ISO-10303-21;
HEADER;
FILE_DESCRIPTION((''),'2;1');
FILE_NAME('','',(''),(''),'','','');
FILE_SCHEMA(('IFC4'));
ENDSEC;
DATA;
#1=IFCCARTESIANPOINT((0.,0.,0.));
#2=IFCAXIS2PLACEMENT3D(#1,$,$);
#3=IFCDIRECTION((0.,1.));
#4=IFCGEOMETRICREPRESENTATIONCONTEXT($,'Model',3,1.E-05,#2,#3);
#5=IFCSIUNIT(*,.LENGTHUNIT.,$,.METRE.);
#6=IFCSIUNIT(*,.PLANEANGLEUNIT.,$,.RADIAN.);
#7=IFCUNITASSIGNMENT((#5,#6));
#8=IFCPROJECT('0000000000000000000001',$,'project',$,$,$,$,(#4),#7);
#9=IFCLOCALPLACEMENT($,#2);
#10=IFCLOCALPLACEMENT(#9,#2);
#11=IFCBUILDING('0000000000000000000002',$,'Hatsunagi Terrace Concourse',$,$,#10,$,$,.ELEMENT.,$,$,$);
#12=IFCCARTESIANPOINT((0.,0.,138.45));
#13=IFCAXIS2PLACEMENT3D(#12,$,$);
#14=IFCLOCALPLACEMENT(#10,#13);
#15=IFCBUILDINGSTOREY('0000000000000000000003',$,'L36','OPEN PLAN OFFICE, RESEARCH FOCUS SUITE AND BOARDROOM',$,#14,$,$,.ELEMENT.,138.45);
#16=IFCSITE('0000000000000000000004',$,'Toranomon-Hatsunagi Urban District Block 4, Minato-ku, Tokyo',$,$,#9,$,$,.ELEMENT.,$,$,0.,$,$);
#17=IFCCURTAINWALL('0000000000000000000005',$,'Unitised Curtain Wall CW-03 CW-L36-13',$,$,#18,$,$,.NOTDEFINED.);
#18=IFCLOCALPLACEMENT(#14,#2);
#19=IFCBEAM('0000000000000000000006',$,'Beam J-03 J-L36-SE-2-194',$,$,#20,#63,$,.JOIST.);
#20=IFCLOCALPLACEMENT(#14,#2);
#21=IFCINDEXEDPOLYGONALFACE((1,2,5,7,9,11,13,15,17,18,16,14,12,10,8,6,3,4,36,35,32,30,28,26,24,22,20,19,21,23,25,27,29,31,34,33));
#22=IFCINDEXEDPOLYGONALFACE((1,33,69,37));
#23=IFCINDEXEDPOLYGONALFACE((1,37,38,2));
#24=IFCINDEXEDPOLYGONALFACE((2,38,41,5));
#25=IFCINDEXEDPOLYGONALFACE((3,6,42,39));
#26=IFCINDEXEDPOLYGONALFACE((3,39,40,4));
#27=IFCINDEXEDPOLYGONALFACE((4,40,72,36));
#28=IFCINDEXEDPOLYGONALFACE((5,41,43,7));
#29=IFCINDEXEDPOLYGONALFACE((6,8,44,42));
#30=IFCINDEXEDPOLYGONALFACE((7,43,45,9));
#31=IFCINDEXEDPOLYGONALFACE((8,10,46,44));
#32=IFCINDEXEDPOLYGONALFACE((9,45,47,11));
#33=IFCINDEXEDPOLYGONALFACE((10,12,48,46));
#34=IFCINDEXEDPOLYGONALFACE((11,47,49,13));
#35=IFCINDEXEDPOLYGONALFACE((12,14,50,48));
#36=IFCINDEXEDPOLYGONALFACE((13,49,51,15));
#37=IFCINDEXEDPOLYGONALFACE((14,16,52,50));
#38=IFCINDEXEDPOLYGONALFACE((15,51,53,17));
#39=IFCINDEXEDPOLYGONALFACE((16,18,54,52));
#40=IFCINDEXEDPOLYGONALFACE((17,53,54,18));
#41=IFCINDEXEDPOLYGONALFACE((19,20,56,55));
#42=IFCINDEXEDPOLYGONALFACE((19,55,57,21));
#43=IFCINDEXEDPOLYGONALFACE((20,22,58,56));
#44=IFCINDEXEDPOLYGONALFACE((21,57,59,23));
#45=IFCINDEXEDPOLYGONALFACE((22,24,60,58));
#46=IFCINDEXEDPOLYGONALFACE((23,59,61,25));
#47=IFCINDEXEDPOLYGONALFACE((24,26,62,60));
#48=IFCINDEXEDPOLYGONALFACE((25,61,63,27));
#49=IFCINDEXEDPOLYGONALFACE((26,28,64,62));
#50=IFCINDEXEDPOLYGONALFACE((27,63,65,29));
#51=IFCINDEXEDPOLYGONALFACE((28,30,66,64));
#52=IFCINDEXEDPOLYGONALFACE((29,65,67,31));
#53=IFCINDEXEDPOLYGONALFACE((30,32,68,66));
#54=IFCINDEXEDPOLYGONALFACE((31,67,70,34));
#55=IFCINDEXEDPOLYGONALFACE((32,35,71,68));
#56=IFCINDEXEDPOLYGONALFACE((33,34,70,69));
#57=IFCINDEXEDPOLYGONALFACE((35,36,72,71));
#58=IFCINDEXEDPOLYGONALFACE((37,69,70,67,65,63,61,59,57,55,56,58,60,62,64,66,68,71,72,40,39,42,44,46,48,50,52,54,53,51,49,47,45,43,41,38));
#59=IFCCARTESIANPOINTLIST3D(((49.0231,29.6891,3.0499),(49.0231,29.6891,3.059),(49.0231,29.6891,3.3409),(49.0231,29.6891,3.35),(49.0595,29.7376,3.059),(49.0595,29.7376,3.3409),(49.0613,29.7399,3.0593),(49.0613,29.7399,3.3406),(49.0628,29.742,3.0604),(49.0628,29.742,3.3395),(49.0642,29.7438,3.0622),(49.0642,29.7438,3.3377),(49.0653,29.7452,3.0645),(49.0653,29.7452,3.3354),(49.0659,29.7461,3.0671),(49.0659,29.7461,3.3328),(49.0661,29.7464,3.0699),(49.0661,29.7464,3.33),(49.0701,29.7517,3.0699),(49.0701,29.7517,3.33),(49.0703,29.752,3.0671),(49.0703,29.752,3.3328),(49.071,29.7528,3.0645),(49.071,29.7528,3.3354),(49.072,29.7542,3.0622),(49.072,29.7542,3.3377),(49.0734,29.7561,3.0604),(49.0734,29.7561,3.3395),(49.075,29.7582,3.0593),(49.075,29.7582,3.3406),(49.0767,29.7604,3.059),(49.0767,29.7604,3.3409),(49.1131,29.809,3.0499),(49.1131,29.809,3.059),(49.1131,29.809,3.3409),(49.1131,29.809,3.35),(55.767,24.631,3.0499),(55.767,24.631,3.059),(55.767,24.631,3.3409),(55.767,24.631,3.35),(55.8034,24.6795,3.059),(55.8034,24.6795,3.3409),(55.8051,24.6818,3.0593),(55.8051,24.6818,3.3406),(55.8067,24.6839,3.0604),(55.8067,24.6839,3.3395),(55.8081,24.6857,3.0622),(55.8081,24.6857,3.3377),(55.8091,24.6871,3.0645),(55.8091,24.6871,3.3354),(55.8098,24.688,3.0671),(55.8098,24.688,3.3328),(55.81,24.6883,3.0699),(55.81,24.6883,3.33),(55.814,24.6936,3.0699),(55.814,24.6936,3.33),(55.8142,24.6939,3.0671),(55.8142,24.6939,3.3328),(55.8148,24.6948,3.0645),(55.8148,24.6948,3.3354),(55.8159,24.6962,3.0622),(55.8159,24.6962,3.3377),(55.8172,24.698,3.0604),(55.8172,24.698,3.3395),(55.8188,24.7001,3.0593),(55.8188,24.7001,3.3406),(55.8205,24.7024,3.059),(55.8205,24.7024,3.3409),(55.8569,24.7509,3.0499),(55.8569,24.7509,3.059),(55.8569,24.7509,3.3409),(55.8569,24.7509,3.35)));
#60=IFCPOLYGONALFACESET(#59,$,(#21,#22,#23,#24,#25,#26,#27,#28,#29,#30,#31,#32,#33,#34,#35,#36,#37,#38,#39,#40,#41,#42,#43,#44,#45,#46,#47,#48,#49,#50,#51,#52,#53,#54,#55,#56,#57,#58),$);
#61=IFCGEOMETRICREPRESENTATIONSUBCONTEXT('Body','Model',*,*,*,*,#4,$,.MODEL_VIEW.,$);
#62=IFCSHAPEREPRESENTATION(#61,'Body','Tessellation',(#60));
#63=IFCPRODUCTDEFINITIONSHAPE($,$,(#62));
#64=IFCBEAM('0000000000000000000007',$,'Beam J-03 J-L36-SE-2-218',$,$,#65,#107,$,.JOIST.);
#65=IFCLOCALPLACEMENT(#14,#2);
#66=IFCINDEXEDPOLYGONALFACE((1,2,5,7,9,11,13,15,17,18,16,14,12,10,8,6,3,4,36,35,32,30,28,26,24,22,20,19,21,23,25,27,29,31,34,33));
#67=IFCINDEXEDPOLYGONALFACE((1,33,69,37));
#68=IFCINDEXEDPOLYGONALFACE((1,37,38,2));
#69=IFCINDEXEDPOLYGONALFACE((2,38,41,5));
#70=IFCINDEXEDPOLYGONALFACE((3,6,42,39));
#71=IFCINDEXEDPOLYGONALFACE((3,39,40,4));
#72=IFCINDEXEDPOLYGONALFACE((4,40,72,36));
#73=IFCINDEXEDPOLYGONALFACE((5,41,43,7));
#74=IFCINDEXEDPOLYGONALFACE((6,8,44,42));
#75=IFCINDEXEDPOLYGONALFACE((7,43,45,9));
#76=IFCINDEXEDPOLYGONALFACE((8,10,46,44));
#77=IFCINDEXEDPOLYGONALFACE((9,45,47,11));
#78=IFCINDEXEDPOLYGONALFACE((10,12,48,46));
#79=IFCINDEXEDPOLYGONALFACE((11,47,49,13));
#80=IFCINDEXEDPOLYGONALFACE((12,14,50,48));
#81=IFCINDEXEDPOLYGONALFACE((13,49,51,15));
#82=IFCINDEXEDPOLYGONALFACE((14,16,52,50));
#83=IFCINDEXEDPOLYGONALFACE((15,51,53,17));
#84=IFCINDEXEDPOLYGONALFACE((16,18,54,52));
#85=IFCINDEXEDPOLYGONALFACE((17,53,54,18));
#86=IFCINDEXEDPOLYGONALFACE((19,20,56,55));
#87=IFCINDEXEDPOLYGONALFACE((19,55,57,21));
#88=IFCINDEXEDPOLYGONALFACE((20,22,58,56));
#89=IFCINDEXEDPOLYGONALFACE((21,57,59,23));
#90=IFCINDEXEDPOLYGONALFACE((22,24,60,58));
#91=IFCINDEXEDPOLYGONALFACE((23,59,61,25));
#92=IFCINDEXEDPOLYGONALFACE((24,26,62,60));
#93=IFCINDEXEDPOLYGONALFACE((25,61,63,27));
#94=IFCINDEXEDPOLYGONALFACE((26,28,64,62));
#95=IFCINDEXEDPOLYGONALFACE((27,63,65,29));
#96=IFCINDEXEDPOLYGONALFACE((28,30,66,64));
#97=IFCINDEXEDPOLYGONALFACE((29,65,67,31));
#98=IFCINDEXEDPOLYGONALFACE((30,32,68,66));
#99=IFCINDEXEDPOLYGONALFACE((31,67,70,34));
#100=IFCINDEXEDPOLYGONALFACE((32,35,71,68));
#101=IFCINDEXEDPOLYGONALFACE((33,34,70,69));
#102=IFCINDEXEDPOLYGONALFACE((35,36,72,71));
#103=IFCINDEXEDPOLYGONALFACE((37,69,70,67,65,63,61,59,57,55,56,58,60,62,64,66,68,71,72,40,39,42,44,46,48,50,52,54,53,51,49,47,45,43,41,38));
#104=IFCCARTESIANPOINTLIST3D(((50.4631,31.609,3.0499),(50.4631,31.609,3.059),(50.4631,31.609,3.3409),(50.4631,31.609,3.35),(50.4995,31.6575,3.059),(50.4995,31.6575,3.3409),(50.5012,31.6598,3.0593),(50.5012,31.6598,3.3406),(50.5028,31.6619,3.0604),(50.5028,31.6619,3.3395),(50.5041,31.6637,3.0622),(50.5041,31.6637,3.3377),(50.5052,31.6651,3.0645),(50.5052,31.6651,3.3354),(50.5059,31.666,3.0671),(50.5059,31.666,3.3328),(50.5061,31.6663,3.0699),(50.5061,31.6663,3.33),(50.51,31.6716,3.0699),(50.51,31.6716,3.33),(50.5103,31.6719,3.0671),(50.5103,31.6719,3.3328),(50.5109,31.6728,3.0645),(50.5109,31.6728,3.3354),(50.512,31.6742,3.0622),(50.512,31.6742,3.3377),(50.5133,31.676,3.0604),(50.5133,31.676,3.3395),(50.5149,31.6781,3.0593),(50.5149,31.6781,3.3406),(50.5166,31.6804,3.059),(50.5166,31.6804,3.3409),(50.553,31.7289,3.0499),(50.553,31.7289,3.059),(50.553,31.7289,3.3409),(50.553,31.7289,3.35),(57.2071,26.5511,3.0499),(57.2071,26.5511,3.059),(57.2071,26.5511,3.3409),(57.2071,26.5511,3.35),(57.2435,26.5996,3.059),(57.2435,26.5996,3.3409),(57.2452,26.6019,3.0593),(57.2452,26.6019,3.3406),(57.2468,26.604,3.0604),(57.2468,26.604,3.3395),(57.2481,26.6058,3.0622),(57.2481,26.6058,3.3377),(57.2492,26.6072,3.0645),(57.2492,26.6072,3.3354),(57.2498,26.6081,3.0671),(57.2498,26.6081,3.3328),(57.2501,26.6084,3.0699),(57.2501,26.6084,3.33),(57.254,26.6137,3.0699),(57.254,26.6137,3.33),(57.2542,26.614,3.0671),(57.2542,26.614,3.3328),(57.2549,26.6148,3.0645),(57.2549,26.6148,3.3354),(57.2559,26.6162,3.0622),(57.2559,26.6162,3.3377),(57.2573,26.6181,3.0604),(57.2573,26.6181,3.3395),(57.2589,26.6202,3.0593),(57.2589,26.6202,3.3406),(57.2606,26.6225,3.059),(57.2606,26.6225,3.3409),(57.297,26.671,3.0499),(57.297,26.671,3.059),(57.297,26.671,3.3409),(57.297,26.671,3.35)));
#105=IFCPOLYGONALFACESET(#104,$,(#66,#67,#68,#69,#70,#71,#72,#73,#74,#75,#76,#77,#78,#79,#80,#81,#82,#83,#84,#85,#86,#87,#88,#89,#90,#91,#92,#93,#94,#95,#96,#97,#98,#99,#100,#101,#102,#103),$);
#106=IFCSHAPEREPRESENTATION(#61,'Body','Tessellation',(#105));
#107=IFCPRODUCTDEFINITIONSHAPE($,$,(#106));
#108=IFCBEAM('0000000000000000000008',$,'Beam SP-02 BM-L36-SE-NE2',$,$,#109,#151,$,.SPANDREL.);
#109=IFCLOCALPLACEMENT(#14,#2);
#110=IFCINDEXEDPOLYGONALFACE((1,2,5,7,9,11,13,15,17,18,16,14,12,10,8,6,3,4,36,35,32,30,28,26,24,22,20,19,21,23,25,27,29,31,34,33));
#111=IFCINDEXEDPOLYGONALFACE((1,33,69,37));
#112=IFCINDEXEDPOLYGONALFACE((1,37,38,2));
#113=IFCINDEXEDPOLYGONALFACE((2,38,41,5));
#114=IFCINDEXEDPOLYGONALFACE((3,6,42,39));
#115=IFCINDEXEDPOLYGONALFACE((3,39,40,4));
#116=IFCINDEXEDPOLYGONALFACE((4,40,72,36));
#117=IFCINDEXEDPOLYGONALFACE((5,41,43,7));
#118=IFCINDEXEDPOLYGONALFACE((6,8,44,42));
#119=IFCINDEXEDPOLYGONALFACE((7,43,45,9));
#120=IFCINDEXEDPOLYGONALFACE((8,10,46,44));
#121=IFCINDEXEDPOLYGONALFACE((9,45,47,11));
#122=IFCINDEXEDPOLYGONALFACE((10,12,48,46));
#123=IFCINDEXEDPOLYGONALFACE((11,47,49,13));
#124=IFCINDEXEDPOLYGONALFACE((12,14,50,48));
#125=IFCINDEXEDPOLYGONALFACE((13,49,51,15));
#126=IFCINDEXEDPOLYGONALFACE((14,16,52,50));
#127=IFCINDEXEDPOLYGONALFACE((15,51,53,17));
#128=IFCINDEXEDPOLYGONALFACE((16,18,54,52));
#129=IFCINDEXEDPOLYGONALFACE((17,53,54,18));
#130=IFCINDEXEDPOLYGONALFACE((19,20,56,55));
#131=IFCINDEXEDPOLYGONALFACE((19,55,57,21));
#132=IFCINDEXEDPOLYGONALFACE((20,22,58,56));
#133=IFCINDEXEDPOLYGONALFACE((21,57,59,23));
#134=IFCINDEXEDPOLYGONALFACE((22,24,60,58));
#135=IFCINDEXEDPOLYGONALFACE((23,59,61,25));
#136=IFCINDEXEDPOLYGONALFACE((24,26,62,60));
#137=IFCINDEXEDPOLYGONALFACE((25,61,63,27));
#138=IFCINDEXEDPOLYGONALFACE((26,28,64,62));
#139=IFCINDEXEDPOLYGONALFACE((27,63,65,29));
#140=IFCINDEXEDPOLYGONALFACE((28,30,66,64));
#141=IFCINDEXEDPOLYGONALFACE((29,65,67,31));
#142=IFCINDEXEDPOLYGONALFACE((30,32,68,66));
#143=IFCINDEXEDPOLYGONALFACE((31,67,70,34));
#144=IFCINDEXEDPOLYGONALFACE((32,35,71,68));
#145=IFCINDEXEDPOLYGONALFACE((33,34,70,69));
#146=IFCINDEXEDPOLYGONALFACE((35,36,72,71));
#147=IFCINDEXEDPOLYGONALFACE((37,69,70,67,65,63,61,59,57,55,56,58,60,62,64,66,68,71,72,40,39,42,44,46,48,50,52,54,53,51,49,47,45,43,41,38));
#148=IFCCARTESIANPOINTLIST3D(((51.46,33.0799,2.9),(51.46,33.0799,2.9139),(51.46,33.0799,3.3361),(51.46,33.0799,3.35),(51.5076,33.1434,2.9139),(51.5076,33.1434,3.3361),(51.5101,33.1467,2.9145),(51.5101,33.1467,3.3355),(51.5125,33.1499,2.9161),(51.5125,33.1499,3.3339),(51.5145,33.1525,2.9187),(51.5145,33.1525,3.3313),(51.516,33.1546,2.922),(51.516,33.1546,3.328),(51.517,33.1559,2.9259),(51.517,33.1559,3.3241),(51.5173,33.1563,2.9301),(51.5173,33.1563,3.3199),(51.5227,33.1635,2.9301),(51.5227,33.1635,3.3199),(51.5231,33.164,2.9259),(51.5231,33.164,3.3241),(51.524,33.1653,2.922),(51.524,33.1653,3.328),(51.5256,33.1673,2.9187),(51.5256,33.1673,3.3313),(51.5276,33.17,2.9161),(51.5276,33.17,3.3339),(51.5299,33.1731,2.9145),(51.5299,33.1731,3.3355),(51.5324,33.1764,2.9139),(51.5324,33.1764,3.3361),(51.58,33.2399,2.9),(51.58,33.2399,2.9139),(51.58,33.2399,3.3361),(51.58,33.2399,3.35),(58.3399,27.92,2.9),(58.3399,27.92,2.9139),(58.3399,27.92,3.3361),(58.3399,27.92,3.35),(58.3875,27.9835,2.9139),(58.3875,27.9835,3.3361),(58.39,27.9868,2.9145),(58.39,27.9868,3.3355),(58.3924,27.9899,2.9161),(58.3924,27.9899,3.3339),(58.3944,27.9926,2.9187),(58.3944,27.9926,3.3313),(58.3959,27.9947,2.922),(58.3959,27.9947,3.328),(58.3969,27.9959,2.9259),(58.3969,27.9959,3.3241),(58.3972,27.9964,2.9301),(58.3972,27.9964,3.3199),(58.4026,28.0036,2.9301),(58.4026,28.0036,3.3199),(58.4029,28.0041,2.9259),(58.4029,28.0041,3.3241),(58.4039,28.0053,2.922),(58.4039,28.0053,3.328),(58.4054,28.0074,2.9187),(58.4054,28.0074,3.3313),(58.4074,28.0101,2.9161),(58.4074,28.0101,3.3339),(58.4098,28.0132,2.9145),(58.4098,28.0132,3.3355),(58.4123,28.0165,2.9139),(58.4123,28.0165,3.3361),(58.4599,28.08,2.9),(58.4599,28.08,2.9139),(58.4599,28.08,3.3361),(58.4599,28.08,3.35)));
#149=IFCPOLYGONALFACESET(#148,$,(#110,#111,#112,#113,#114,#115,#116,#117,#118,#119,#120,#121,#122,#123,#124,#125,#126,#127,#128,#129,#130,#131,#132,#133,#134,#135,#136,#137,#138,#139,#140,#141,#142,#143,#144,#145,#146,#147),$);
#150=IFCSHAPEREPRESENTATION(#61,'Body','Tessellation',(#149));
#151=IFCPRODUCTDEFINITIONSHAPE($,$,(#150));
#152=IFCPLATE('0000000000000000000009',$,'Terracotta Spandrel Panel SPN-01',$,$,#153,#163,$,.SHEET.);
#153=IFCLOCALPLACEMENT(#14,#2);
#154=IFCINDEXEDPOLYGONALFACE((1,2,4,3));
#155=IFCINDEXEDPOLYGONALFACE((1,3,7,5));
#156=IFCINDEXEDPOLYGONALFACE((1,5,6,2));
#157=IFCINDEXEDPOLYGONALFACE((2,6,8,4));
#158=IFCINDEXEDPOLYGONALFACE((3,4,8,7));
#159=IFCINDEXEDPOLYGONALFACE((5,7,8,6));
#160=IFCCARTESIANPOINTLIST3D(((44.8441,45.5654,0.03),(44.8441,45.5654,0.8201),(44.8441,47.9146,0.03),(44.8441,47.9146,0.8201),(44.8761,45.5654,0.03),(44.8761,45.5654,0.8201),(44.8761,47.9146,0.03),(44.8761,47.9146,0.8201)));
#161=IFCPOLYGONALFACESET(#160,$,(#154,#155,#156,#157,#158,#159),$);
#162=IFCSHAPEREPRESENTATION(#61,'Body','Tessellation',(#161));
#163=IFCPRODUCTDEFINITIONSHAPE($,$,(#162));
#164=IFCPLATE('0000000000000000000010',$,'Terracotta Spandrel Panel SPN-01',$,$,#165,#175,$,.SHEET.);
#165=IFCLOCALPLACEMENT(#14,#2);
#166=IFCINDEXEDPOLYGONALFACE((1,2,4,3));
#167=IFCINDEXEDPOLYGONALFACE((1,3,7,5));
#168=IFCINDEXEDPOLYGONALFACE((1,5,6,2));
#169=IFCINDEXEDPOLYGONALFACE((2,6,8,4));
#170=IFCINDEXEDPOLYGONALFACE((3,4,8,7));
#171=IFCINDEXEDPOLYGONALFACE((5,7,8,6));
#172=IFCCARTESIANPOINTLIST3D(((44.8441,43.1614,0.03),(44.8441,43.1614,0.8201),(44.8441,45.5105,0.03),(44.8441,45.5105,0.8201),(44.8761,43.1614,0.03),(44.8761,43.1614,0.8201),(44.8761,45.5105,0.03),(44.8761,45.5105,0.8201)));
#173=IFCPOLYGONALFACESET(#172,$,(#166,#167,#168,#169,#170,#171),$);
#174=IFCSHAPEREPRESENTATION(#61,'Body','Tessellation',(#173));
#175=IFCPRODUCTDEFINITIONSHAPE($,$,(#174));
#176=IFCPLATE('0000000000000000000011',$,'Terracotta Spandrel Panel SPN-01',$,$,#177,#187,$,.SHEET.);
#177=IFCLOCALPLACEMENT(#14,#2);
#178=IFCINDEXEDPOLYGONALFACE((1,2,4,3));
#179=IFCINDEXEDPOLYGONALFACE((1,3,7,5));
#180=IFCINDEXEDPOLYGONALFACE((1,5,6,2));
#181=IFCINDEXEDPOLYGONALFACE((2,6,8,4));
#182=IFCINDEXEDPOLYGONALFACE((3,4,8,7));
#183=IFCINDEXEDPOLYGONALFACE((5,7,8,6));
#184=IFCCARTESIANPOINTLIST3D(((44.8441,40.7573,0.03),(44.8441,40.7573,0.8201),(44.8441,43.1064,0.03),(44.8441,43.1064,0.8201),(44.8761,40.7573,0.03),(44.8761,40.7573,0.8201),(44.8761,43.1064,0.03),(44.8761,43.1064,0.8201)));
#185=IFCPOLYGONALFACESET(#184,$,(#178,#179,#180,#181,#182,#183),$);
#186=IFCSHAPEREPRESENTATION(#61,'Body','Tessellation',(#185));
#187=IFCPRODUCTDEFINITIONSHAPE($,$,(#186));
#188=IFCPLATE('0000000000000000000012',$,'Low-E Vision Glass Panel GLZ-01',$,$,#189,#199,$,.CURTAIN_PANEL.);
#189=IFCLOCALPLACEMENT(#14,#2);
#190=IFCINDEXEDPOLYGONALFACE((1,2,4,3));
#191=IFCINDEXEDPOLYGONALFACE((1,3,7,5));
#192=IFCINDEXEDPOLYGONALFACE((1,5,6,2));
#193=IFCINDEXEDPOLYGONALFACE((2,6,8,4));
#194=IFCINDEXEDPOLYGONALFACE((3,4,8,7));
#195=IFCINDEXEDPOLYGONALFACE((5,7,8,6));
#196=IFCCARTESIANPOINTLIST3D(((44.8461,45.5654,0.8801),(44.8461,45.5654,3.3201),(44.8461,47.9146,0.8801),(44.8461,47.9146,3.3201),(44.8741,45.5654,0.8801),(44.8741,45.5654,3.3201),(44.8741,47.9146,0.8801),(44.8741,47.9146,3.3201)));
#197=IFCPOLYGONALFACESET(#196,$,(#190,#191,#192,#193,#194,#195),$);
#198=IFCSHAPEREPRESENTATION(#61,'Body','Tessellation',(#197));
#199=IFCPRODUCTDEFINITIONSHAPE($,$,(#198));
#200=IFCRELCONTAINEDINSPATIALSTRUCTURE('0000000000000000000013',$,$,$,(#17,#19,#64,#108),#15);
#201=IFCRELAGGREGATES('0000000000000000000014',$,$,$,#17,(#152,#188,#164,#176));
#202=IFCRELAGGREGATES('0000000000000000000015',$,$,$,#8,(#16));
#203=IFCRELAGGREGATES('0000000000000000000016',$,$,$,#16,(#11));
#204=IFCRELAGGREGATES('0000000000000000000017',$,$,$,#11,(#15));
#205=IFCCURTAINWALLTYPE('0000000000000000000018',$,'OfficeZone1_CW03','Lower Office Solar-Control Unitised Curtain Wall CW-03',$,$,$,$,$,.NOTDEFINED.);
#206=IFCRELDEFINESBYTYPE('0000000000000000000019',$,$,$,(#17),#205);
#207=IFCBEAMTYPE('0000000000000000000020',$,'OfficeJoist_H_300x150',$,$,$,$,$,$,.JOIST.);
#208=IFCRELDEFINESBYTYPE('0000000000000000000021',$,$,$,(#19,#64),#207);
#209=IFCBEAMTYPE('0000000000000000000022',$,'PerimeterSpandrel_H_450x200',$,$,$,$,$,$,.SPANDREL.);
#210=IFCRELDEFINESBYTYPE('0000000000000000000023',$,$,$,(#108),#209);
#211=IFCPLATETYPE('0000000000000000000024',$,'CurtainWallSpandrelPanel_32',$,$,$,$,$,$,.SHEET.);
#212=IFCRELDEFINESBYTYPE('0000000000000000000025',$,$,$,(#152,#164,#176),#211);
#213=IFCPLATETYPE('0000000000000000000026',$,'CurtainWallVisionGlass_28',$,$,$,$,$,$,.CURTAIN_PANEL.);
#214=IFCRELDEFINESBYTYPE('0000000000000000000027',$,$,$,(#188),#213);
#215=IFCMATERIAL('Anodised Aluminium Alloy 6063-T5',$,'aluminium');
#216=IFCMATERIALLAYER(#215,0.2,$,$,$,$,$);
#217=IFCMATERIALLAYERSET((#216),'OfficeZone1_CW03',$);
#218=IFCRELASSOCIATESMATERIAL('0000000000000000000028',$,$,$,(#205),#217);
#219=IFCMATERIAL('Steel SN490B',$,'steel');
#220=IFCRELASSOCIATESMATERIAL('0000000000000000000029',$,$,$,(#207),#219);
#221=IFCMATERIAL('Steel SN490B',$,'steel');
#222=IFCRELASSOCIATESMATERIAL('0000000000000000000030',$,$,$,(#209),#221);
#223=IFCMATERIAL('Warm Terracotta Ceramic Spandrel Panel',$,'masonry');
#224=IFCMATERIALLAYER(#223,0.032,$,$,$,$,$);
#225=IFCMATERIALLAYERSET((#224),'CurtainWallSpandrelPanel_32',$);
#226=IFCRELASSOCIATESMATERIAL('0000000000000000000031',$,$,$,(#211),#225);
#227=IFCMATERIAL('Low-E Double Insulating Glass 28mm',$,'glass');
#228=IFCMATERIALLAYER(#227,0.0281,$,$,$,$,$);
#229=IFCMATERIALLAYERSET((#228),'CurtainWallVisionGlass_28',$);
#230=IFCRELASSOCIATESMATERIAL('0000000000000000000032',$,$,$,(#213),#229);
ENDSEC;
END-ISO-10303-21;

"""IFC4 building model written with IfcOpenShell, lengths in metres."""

from ifc_helpers import new_model, si_unit, direction, frame, origin, origin_2d, place, context, subcontext, project, spatial, rectangle, i_section, extrude, material, layer, layer_set, material_profile, profile_set, type_object, element, aggregate, save


model = new_model("IFC4")

# Units and contexts
model_context = context("Model", 3, precision=1e-05, world=origin(), true_north=direction((0.0, 1.0)))
body_context = subcontext(model_context, "Body", "Model", "MODEL_VIEW")
ifc_project = project(units=[si_unit("LENGTHUNIT", "METRE"), si_unit("PLANEANGLEUNIT", "RADIAN")], contexts=[model_context])

# Site, building, storey
site_placement = place(None, origin())
site = spatial("IfcSite", under=ifc_project, at=site_placement, Name="Toranomon-Hatsunagi Urban District Block 4, Minato-ku, Tokyo", CompositionType="ELEMENT", RefElevation=0.0)
building_placement = place(site_placement, origin())
building = spatial("IfcBuilding", under=site, at=building_placement, Name="Hatsunagi Terrace Concourse", CompositionType="ELEMENT")
storey_placement = place(building_placement, frame((0.0, 0.0, 138.45)))
storey = spatial("IfcBuildingStorey", under=building, at=storey_placement, Name="L36", Description="OPEN PLAN OFFICE, RESEARCH FOCUS SUITE AND BOARDROOM", CompositionType="ELEMENT", Elevation=138.45)

# Curtain wall
ifc_material_1 = material(Name="Anodised Aluminium Alloy 6063-T5", Category="aluminium")
ifc_layer_1 = layer(ifc_material_1, 0.2)
ifc_layer_set_1 = layer_set([ifc_layer_1], Name="OfficeZone1_CW03")
curtain_wall_type = type_object("IfcCurtainWallType", Name="OfficeZone1_CW03", Description="Lower Office Solar-Control Unitised Curtain Wall CW-03", PredefinedType="NOTDEFINED", material=ifc_layer_set_1)
curtain_wall_placement = place(storey_placement, origin())
curtain_wall = element("IfcCurtainWall", 1, at=curtain_wall_placement, inside=storey, type_object=curtain_wall_type, Name="Unitised Curtain Wall CW-03 CW-L36-13", PredefinedType="NOTDEFINED")

# Beams
ifc_material_2 = material(Name="Steel SN490B", Category="steel")
ifc_material_profile_1 = material_profile(ifc_material_2, i_section(OverallWidth=0.1499, OverallDepth=0.3, WebThickness=0.0066, FlangeThickness=0.009, FilletRadius=0.011, at=origin_2d()), Name="H-300x150x6.5x9")
ifc_profile_set_1 = profile_set([ifc_material_profile_1], Name="Steel SN490B")
beam_type_1 = type_object("IfcBeamType", Name="OfficeJoist_H_300x150", PredefinedType="JOIST", material=ifc_profile_set_1)
for number, where, z_axis, x_axis, name in (
    (2, (49.0681, 29.749, 3.2), (0.79999, -0.600014, 0.0), (0.600014, 0.79999, 0.0), "Beam J-03 J-L36-SE-2-194"),
    (3, (50.5081, 31.6689, 3.2), (0.800003, -0.599995, 0.0), (0.599995, 0.800003, 0.0), "Beam J-03 J-L36-SE-2-218"),
):
    element("IfcBeam", number, at=place(storey_placement, frame(where, z_axis=z_axis, x_axis=x_axis)), inside=storey, type_object=beam_type_1, Name=name, PredefinedType="JOIST", context=body_context, shape_type="SweptSolid", body=[
        extrude(i_section(OverallWidth=0.1499, OverallDepth=0.3, WebThickness=0.0066, FlangeThickness=0.009, FilletRadius=0.011, at=origin_2d()), origin(), (0.0, 0.0, 1.0), 8.4299),
    ])
ifc_material_3 = material(Name="Steel SN490B", Category="steel")
ifc_material_profile_2 = material_profile(ifc_material_3, i_section(OverallWidth=0.2, OverallDepth=0.45, WebThickness=0.009, FlangeThickness=0.0139, FilletRadius=0.0161, at=origin_2d()), Name="H-450x200x9x14")
ifc_profile_set_2 = profile_set([ifc_material_profile_2], Name="Steel SN490B")
beam_type_2 = type_object("IfcBeamType", Name="PerimeterSpandrel_H_450x200", PredefinedType="SPANDREL", material=ifc_profile_set_2)
beam_placement = place(storey_placement, frame((51.52, 33.1599, 3.125), z_axis=(0.8, -0.6, 0.0), x_axis=(0.6, 0.8, 0.0)))
element("IfcBeam", 4, at=beam_placement, inside=storey, type_object=beam_type_2, Name="Beam SP-02 BM-L36-SE-NE2", PredefinedType="SPANDREL", context=body_context, shape_type="SweptSolid", body=[
    extrude(i_section(OverallWidth=0.2, OverallDepth=0.45, WebThickness=0.009, FlangeThickness=0.0139, FilletRadius=0.0161, at=origin_2d()), origin(), (0.0, 0.0, 1.0), 8.5999),
])

# Plates
ifc_material_4 = material(Name="Warm Terracotta Ceramic Spandrel Panel", Category="masonry")
ifc_layer_2 = layer(ifc_material_4, 0.032)
ifc_layer_set_2 = layer_set([ifc_layer_2], Name="CurtainWallSpandrelPanel_32")
plate_type_1 = type_object("IfcPlateType", Name="CurtainWallSpandrelPanel_32", PredefinedType="SHEET", material=ifc_layer_set_2)
plate_1_placement = place(storey_placement, frame((44.8601, 46.74, 0.03), z_axis=(0.0, 0.0, 1.0), x_axis=(0.0, -1.0, 0.0)))
plate_1 = element("IfcPlate", 5, at=plate_1_placement, type_object=plate_type_1, Name="Terracotta Spandrel Panel SPN-01", PredefinedType="SHEET", context=body_context, shape_type="SweptSolid", body=[
    extrude(rectangle(XDim=2.3491, YDim=0.032, at=origin_2d()), origin(), (0.0, 0.0, 1.0), 0.79),
])
plate_2_placement = place(storey_placement, frame((44.8601, 44.3359, 0.03), z_axis=(0.0, 0.0, 1.0), x_axis=(0.0, -1.0, 0.0)))
plate_2 = element("IfcPlate", 6, at=plate_2_placement, type_object=plate_type_1, Name="Terracotta Spandrel Panel SPN-01", PredefinedType="SHEET", context=body_context, shape_type="SweptSolid", body=[
    extrude(rectangle(XDim=2.3491, YDim=0.032, at=origin_2d()), origin(), (0.0, 0.0, 1.0), 0.79),
])
plate_3_placement = place(storey_placement, frame((44.8601, 41.9319, 0.03), z_axis=(0.0, 0.0, 1.0), x_axis=(0.0, -1.0, 0.0)))
plate_3 = element("IfcPlate", 7, at=plate_3_placement, type_object=plate_type_1, Name="Terracotta Spandrel Panel SPN-01", PredefinedType="SHEET", context=body_context, shape_type="SweptSolid", body=[
    extrude(rectangle(XDim=2.3491, YDim=0.032, at=origin_2d()), origin(), (0.0, 0.0, 1.0), 0.79),
])
ifc_material_5 = material(Name="Low-E Double Insulating Glass 28mm", Category="glass")
ifc_layer_3 = layer(ifc_material_5, 0.0281)
ifc_layer_set_3 = layer_set([ifc_layer_3], Name="CurtainWallVisionGlass_28")
plate_type_2 = type_object("IfcPlateType", Name="CurtainWallVisionGlass_28", PredefinedType="CURTAIN_PANEL", material=ifc_layer_set_3)
plate_4_placement = place(storey_placement, frame((44.8601, 46.74, 0.8801), z_axis=(0.0, 0.0, 1.0), x_axis=(0.0, -1.0, 0.0)))
plate_4 = element("IfcPlate", 8, at=plate_4_placement, type_object=plate_type_2, Name="Low-E Vision Glass Panel GLZ-01", PredefinedType="CURTAIN_PANEL", context=body_context, shape_type="SweptSolid", body=[
    extrude(rectangle(XDim=2.3491, YDim=0.0281, at=origin_2d()), origin(), (0.0, 0.0, 1.0), 2.4399),
])
aggregate(curtain_wall, [plate_1, plate_4, plate_2, plate_3])

save(model, "model.ifc")
